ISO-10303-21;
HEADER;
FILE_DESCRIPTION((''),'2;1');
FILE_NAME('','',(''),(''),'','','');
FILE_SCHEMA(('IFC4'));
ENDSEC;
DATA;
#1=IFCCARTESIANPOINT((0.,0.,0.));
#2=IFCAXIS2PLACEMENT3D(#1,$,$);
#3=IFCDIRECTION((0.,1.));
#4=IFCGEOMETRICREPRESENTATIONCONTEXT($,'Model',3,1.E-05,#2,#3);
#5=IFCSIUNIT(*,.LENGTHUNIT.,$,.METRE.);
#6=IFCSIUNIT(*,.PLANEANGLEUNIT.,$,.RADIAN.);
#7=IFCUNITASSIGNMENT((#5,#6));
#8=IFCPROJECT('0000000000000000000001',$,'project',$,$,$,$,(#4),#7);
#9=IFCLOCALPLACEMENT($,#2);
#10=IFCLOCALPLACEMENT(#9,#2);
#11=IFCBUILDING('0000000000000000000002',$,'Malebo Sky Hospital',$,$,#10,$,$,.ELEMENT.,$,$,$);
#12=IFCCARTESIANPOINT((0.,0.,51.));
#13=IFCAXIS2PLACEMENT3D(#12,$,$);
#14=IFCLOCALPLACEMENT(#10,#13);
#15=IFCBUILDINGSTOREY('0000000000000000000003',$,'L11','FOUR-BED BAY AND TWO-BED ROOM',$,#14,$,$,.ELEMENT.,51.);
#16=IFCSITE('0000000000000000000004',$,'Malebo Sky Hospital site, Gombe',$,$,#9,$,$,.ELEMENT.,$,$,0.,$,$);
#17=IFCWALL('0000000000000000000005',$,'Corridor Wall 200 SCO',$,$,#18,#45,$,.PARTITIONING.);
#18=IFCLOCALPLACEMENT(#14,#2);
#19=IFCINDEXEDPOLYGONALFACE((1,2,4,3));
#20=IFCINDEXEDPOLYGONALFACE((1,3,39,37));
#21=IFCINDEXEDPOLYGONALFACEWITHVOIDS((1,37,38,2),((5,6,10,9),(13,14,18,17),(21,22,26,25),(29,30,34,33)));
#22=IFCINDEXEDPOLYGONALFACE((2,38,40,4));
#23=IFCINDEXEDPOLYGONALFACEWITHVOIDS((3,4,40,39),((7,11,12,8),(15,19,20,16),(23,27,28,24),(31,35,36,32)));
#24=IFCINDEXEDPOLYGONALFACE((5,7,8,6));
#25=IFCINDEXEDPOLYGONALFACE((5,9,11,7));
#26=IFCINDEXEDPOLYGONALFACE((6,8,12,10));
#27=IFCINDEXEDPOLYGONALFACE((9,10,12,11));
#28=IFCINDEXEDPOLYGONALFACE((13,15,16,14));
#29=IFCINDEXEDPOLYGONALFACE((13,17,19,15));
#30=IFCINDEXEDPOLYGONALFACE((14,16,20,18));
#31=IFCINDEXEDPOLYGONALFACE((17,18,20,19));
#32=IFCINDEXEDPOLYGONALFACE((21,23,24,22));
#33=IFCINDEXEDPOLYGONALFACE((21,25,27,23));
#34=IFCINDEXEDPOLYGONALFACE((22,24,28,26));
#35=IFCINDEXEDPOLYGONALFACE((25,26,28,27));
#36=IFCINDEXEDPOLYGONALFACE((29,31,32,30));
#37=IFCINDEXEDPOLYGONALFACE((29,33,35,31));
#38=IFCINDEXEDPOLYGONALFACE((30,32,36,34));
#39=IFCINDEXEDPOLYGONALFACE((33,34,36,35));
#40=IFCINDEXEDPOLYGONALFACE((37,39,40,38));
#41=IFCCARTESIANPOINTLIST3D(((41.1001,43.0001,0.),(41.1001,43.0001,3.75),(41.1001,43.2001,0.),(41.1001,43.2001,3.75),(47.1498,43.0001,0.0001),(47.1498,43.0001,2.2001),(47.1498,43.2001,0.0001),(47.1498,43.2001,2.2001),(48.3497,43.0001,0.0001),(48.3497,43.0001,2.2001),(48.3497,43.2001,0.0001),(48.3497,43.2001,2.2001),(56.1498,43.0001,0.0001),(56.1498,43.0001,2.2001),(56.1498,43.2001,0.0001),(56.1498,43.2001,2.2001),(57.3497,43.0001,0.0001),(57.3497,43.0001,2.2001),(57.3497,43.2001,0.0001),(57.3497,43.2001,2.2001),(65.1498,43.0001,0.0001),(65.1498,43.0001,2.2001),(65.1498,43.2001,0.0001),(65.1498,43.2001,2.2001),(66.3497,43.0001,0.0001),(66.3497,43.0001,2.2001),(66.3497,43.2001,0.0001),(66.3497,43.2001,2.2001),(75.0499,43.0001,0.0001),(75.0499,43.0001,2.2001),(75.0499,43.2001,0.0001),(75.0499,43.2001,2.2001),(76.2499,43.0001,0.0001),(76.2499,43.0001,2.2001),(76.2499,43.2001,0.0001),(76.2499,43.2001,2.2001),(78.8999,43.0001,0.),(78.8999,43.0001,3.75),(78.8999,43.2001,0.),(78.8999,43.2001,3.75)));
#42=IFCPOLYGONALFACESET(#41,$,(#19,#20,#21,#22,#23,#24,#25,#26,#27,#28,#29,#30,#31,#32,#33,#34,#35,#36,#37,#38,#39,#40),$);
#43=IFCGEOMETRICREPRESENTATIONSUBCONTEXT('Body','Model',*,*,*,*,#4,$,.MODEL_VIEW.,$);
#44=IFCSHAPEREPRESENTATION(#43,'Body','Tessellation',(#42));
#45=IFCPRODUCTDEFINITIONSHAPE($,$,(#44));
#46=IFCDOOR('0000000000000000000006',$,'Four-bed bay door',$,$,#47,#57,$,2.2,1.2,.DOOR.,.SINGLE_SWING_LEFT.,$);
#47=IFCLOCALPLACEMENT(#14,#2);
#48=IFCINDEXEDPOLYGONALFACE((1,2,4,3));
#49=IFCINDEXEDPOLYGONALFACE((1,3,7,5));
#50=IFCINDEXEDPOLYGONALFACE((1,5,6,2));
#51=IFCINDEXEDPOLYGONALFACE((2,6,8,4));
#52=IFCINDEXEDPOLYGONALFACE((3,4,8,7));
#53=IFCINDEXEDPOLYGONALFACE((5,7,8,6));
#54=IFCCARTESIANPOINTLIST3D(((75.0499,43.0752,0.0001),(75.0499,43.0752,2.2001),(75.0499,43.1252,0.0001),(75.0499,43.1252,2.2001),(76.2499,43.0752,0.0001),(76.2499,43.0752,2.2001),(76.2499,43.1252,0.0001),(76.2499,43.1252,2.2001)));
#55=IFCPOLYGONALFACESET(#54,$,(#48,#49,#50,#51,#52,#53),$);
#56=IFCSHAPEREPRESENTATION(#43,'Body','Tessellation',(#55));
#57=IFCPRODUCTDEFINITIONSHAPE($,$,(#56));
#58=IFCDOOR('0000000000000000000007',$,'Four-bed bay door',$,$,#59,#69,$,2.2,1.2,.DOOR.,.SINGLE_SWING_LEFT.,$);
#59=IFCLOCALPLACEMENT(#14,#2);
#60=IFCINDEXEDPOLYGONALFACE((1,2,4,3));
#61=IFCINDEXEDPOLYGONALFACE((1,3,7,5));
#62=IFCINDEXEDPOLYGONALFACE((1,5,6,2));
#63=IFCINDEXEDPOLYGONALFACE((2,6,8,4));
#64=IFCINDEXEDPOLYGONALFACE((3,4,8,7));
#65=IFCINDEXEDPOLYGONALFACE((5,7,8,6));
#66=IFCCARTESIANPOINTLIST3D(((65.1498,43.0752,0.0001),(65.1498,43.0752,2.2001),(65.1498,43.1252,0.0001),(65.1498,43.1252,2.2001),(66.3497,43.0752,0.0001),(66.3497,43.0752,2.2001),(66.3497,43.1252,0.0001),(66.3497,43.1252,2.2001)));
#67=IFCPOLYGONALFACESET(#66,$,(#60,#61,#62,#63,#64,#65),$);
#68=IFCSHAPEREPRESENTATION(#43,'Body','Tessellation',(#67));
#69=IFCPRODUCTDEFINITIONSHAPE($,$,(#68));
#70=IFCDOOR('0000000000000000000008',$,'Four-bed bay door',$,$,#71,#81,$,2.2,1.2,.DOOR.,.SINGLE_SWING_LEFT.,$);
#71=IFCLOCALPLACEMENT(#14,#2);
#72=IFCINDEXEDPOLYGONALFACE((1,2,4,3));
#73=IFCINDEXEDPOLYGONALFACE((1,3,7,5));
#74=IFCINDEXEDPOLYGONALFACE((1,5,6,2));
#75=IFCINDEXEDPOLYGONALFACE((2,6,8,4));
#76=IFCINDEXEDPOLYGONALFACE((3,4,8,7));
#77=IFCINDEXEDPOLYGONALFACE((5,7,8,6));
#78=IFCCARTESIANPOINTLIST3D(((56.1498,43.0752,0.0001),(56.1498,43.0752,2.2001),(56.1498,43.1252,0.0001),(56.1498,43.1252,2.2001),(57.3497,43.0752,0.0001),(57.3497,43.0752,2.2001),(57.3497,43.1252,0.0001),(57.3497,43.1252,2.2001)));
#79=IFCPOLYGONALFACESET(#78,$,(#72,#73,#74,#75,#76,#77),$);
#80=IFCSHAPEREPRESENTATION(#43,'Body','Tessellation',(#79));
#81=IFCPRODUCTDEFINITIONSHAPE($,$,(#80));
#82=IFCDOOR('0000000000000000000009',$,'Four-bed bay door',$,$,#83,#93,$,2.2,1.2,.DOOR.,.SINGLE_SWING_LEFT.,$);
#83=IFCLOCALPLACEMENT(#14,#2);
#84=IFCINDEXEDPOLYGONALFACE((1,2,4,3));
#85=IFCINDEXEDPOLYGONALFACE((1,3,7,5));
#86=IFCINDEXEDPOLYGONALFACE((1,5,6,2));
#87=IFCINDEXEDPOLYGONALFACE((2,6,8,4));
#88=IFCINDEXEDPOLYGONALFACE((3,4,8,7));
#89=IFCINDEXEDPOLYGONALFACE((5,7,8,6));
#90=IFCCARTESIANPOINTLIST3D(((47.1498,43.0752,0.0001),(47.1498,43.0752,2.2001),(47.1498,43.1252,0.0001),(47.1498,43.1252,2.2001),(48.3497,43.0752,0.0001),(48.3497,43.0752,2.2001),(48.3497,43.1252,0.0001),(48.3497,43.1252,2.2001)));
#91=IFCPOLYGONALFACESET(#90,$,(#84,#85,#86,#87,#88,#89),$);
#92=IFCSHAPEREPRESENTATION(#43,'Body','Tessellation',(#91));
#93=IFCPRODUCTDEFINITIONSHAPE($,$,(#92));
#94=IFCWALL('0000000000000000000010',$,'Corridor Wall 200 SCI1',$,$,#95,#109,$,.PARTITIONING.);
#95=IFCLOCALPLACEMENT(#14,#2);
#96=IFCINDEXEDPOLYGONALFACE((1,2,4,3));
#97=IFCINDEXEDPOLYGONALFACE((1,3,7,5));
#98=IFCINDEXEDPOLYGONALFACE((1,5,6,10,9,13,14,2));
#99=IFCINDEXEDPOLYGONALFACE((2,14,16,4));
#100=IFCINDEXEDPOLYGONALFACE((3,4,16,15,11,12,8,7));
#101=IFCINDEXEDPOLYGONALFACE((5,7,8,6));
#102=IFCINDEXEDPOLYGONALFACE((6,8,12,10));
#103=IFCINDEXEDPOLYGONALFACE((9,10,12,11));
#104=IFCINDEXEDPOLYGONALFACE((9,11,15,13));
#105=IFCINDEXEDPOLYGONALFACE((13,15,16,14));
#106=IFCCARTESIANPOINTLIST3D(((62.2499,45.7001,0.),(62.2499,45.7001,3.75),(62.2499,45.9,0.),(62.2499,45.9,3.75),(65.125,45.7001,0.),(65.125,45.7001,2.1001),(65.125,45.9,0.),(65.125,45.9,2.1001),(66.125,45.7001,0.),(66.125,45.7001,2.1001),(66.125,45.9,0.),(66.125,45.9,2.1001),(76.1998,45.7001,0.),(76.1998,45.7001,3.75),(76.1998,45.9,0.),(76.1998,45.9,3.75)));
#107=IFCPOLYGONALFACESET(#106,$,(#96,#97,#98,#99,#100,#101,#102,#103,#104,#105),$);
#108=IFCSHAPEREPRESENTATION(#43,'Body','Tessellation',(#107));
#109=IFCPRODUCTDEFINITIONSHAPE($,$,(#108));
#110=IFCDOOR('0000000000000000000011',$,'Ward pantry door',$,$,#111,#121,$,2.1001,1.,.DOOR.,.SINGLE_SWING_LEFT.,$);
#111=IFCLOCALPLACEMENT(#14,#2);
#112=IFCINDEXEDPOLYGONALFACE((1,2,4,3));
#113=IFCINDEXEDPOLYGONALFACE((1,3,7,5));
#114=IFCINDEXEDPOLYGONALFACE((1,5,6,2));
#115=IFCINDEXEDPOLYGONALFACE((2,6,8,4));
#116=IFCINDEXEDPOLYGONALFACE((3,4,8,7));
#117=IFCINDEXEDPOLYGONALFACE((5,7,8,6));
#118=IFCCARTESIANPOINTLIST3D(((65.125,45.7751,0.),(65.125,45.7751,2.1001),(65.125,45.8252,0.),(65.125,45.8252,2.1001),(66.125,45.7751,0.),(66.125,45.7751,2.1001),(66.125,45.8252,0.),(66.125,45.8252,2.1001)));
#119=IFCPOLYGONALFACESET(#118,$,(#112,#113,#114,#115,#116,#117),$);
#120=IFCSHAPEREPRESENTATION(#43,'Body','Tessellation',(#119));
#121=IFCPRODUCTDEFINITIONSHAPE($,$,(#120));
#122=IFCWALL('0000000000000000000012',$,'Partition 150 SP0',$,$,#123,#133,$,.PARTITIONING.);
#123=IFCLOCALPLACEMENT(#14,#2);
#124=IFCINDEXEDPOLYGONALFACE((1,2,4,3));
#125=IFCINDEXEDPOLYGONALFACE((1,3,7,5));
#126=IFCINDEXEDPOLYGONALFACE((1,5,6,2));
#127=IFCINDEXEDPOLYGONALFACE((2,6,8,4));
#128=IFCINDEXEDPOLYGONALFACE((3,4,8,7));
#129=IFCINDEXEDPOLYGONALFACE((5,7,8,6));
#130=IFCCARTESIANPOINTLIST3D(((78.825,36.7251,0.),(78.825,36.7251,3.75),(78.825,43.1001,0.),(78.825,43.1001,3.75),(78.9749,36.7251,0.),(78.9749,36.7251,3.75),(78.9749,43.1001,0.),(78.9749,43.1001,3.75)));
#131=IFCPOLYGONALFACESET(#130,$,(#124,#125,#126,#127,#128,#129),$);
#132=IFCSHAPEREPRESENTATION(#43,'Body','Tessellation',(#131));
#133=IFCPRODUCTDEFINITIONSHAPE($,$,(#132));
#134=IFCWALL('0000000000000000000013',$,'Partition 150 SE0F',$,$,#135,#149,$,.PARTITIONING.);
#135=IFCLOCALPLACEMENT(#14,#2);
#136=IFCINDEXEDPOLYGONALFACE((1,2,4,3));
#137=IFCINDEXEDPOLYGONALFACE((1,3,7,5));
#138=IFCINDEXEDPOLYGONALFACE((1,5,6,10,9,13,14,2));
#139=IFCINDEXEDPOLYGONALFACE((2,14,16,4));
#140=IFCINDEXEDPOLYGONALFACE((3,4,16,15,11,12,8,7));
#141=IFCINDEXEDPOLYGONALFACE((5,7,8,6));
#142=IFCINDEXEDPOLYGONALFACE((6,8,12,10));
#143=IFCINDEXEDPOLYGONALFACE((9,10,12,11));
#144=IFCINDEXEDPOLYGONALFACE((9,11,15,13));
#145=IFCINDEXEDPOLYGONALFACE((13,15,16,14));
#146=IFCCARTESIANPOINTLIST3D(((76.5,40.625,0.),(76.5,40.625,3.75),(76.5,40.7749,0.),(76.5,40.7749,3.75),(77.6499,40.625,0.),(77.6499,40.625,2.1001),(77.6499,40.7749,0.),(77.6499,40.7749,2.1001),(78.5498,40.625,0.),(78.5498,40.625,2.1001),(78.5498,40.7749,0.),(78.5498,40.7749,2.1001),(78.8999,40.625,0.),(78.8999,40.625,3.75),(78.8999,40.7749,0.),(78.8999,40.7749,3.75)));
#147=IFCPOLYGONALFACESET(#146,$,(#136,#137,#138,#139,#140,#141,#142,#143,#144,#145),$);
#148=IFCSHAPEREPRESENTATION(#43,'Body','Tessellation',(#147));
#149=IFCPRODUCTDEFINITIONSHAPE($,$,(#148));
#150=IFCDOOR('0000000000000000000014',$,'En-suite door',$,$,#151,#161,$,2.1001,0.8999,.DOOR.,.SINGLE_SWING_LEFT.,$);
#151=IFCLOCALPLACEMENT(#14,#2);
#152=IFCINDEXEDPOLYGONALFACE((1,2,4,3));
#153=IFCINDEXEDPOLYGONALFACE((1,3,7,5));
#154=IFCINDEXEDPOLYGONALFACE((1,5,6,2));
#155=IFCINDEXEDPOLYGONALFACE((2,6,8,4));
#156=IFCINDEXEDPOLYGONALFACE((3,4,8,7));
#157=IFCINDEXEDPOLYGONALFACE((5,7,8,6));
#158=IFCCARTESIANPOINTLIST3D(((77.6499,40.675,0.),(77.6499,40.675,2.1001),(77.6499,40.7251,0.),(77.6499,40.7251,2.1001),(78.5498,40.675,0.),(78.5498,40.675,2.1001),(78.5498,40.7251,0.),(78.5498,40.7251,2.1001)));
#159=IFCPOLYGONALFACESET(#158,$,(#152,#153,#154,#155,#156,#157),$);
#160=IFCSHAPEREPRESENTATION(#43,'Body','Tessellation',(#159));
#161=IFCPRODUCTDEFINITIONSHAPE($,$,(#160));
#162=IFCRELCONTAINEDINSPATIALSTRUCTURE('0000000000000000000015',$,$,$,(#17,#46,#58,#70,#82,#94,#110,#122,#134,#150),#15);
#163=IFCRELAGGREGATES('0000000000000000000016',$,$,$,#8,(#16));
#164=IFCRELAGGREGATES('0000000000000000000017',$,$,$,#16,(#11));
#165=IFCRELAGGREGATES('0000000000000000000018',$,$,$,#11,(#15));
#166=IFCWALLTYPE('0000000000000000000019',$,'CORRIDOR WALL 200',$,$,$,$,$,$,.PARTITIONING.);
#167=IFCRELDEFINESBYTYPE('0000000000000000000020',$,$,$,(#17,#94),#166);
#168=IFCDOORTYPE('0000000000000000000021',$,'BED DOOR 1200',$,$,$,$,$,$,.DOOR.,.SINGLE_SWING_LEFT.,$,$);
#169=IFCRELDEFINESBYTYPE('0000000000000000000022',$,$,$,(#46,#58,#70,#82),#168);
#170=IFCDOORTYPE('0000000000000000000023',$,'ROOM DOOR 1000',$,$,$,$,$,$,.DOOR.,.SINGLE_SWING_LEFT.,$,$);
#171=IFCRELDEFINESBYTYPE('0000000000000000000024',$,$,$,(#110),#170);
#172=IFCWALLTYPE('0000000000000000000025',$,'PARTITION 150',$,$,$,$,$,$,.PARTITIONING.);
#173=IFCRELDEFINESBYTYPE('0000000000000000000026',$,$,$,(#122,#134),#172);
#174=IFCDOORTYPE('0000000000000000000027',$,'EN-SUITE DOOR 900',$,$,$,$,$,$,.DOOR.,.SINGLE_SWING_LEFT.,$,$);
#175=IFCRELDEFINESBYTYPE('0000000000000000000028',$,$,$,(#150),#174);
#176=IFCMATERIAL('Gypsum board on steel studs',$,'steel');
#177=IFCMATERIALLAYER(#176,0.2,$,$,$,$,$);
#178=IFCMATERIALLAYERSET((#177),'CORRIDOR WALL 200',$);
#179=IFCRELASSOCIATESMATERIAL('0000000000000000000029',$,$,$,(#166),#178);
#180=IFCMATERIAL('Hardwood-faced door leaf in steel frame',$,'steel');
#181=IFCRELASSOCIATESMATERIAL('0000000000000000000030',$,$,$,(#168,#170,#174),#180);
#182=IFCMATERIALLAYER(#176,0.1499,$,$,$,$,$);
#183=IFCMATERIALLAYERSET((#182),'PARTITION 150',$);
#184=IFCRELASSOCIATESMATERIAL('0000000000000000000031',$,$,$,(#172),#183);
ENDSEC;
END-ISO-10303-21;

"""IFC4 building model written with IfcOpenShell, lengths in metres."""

from ifc_helpers import new_model, si_unit, direction, frame, frame_2d, origin, place, context, subcontext, project, spatial, rectangle, extrude, material, layer, layer_set, type_object, element, fill, save


model = new_model("IFC4")

# Units and contexts
model_context = context("Model", 3, precision=1e-05, world=origin(), true_north=direction((0.0, 1.0)))
body_context = subcontext(model_context, "Body", "Model", "MODEL_VIEW")
ifc_project = project(units=[si_unit("LENGTHUNIT", "METRE"), si_unit("PLANEANGLEUNIT", "RADIAN")], contexts=[model_context])

# Site, building, storey
site_placement = place(None, origin())
site = spatial("IfcSite", under=ifc_project, at=site_placement, Name="Malebo Sky Hospital site, Gombe", CompositionType="ELEMENT", RefElevation=0.0)
building_placement = place(site_placement, origin())
building = spatial("IfcBuilding", under=site, at=building_placement, Name="Malebo Sky Hospital", CompositionType="ELEMENT")
storey_placement = place(building_placement, frame((0.0, 0.0, 51.0)))
storey = spatial("IfcBuildingStorey", under=building, at=storey_placement, Name="L11", Description="FOUR-BED BAY AND TWO-BED ROOM", CompositionType="ELEMENT", Elevation=51.0)

# Wall, openings, doors
ifc_material_1 = material(Name="Gypsum board on steel studs", Category="steel")
ifc_layer_1 = layer(ifc_material_1, 0.2)
ifc_layer_set_1 = layer_set([ifc_layer_1], Name="CORRIDOR WALL 200")
wall_type_1 = type_object("IfcWallType", Name="CORRIDOR WALL 200", PredefinedType="PARTITIONING", material=ifc_layer_set_1)
wall_1_placement = place(storey_placement, frame((78.8999, 43.1001, 0.0), z_axis=(0.0, 0.0, 1.0), x_axis=(-1.0, 0.0, 0.0)))
wall_1 = element("IfcWall", 1, at=wall_1_placement, inside=storey, type_object=wall_type_1, Name="Corridor Wall 200 SCO", PredefinedType="PARTITIONING", context=body_context, shape_type="SweptSolid", body=[
    extrude(rectangle(XDim=37.7998, YDim=0.2, at=frame_2d((18.8999, 0.0))), origin(), (0.0, 0.0, 1.0), 3.75),
])
opening_1_placement = place(wall_1_placement, frame((2.6499, 0.0, 0.0)))
opening_1 = element("IfcOpeningElement", 2, at=opening_1_placement, cuts=wall_1, PredefinedType="OPENING", context=body_context, shape_type="SweptSolid", body=[
    extrude(rectangle(XDim=1.2, YDim=2.2, at=frame_2d((0.6001, 1.1001))), frame((0.0, 0.1099, 0.0), z_axis=(0.0, -1.0, 0.0), x_axis=(1.0, 0.0, 0.0)), (0.0, 0.0, 1.0), 0.22),
])
opening_2_placement = place(wall_1_placement, frame((12.55, 0.0, 0.0)))
opening_2 = element("IfcOpeningElement", 3, at=opening_2_placement, cuts=wall_1, PredefinedType="OPENING", context=body_context, shape_type="SweptSolid", body=[
    extrude(rectangle(XDim=1.2, YDim=2.2, at=frame_2d((0.6001, 1.1001))), frame((0.0, 0.1099, 0.0), z_axis=(0.0, -1.0, 0.0), x_axis=(1.0, 0.0, 0.0)), (0.0, 0.0, 1.0), 0.22),
])
opening_3_placement = place(wall_1_placement, frame((21.55, 0.0, 0.0)))
opening_3 = element("IfcOpeningElement", 4, at=opening_3_placement, cuts=wall_1, PredefinedType="OPENING", context=body_context, shape_type="SweptSolid", body=[
    extrude(rectangle(XDim=1.2, YDim=2.2, at=frame_2d((0.6001, 1.1001))), frame((0.0, 0.1099, 0.0), z_axis=(0.0, -1.0, 0.0), x_axis=(1.0, 0.0, 0.0)), (0.0, 0.0, 1.0), 0.22),
])
opening_4_placement = place(wall_1_placement, frame((30.55, 0.0, 0.0)))
opening_4 = element("IfcOpeningElement", 5, at=opening_4_placement, cuts=wall_1, PredefinedType="OPENING", context=body_context, shape_type="SweptSolid", body=[
    extrude(rectangle(XDim=1.2, YDim=2.2, at=frame_2d((0.6001, 1.1001))), frame((0.0, 0.1099, 0.0), z_axis=(0.0, -1.0, 0.0), x_axis=(1.0, 0.0, 0.0)), (0.0, 0.0, 1.0), 0.22),
])
ifc_material_2 = material(Name="Hardwood-faced door leaf in steel frame", Category="steel")
door_type_1 = type_object("IfcDoorType", Name="BED DOOR 1200", OperationType="SINGLE_SWING_LEFT", PredefinedType="DOOR", material=ifc_material_2)
door_1_placement = place(opening_1_placement, origin())
door_1 = element("IfcDoor", 6, at=door_1_placement, inside=storey, type_object=door_type_1, Name="Four-bed bay door", OperationType="SINGLE_SWING_LEFT", OverallHeight=2.2, OverallWidth=1.2, PredefinedType="DOOR", context=body_context, shape_type="SweptSolid", body=[
    extrude(rectangle(XDim=1.2, YDim=2.2, at=frame_2d((0.6001, 1.1001))), frame((0.0, 0.0249, 0.0), z_axis=(0.0, -1.0, 0.0), x_axis=(1.0, 0.0, 0.0)), (0.0, 0.0, 1.0), 0.05),
])
fill(opening_1, door_1)
door_2_placement = place(opening_2_placement, origin())
door_2 = element("IfcDoor", 7, at=door_2_placement, inside=storey, type_object=door_type_1, Name="Four-bed bay door", OperationType="SINGLE_SWING_LEFT", OverallHeight=2.2, OverallWidth=1.2, PredefinedType="DOOR", context=body_context, shape_type="SweptSolid", body=[
    extrude(rectangle(XDim=1.2, YDim=2.2, at=frame_2d((0.6001, 1.1001))), frame((0.0, 0.0249, 0.0), z_axis=(0.0, -1.0, 0.0), x_axis=(1.0, 0.0, 0.0)), (0.0, 0.0, 1.0), 0.05),
])
fill(opening_2, door_2)
door_3_placement = place(opening_3_placement, origin())
door_3 = element("IfcDoor", 8, at=door_3_placement, inside=storey, type_object=door_type_1, Name="Four-bed bay door", OperationType="SINGLE_SWING_LEFT", OverallHeight=2.2, OverallWidth=1.2, PredefinedType="DOOR", context=body_context, shape_type="SweptSolid", body=[
    extrude(rectangle(XDim=1.2, YDim=2.2, at=frame_2d((0.6001, 1.1001))), frame((0.0, 0.0249, 0.0), z_axis=(0.0, -1.0, 0.0), x_axis=(1.0, 0.0, 0.0)), (0.0, 0.0, 1.0), 0.05),
])
fill(opening_3, door_3)
door_4_placement = place(opening_4_placement, origin())
door_4 = element("IfcDoor", 9, at=door_4_placement, inside=storey, type_object=door_type_1, Name="Four-bed bay door", OperationType="SINGLE_SWING_LEFT", OverallHeight=2.2, OverallWidth=1.2, PredefinedType="DOOR", context=body_context, shape_type="SweptSolid", body=[
    extrude(rectangle(XDim=1.2, YDim=2.2, at=frame_2d((0.6001, 1.1001))), frame((0.0, 0.0249, 0.0), z_axis=(0.0, -1.0, 0.0), x_axis=(1.0, 0.0, 0.0)), (0.0, 0.0, 1.0), 0.05),
])
fill(opening_4, door_4)

# Wall, opening, door
wall_2_placement = place(storey_placement, frame((76.2, 45.8, 0.0), z_axis=(0.0, 0.0, 1.0), x_axis=(-1.0, 0.0, 0.0)))
wall_2 = element("IfcWall", 10, at=wall_2_placement, inside=storey, type_object=wall_type_1, Name="Corridor Wall 200 SCI1", PredefinedType="PARTITIONING", context=body_context, shape_type="SweptSolid", body=[
    extrude(rectangle(XDim=13.95, YDim=0.2, at=frame_2d((6.9751, 0.0))), origin(), (0.0, 0.0, 1.0), 3.75),
])
opening_5_placement = place(wall_2_placement, frame((10.075, 0.0, 0.0)))
opening_5 = element("IfcOpeningElement", 11, at=opening_5_placement, cuts=wall_2, PredefinedType="OPENING", context=body_context, shape_type="SweptSolid", body=[
    extrude(rectangle(XDim=1.0, YDim=2.1001, at=frame_2d((0.5, 1.05))), frame((0.0, 0.1099, 0.0), z_axis=(0.0, -1.0, 0.0), x_axis=(1.0, 0.0, 0.0)), (0.0, 0.0, 1.0), 0.22),
])
door_type_2 = type_object("IfcDoorType", Name="ROOM DOOR 1000", OperationType="SINGLE_SWING_LEFT", PredefinedType="DOOR", material=ifc_material_2)
door_5_placement = place(opening_5_placement, origin())
door_5 = element("IfcDoor", 12, at=door_5_placement, inside=storey, type_object=door_type_2, Name="Ward pantry door", OperationType="SINGLE_SWING_LEFT", OverallHeight=2.1001, OverallWidth=1.0, PredefinedType="DOOR", context=body_context, shape_type="SweptSolid", body=[
    extrude(rectangle(XDim=1.0, YDim=2.1001, at=frame_2d((0.5, 1.05))), frame((0.0, 0.0249, 0.0), z_axis=(0.0, -1.0, 0.0), x_axis=(1.0, 0.0, 0.0)), (0.0, 0.0, 1.0), 0.05),
])
fill(opening_5, door_5)

# Wall
ifc_layer_2 = layer(ifc_material_1, 0.1499)
ifc_layer_set_2 = layer_set([ifc_layer_2], Name="PARTITION 150")
wall_type_2 = type_object("IfcWallType", Name="PARTITION 150", PredefinedType="PARTITIONING", material=ifc_layer_set_2)
wall_3_placement = place(storey_placement, frame((78.8999, 43.1001, 0.0), z_axis=(0.0, 0.0, 1.0), x_axis=(0.0, -1.0, 0.0)))
element("IfcWall", 13, at=wall_3_placement, inside=storey, type_object=wall_type_2, Name="Partition 150 SP0", PredefinedType="PARTITIONING", context=body_context, shape_type="SweptSolid", body=[
    extrude(rectangle(XDim=6.375, YDim=0.1499, at=frame_2d((3.1875, 0.0))), origin(), (0.0, 0.0, 1.0), 3.75),
])

# Wall, opening, door
wall_4_placement = place(storey_placement, frame((78.8999, 40.7, 0.0), z_axis=(0.0, 0.0, 1.0), x_axis=(-1.0, 0.0, 0.0)))
wall_4 = element("IfcWall", 14, at=wall_4_placement, inside=storey, type_object=wall_type_2, Name="Partition 150 SE0F", PredefinedType="PARTITIONING", context=body_context, shape_type="SweptSolid", body=[
    extrude(rectangle(XDim=2.3999, YDim=0.1499, at=frame_2d((1.2, 0.0))), origin(), (0.0, 0.0, 1.0), 3.75),
])
opening_6_placement = place(wall_4_placement, frame((0.3501, 0.0, 0.0)))
opening_6 = element("IfcOpeningElement", 15, at=opening_6_placement, cuts=wall_4, PredefinedType="OPENING", context=body_context, shape_type="SweptSolid", body=[
    extrude(rectangle(XDim=0.8999, YDim=2.1001, at=frame_2d((0.45, 1.05))), frame((0.0, 0.085, 0.0), z_axis=(0.0, -1.0, 0.0), x_axis=(1.0, 0.0, 0.0)), (0.0, 0.0, 1.0), 0.1699),
])
door_type_3 = type_object("IfcDoorType", Name="EN-SUITE DOOR 900", OperationType="SINGLE_SWING_LEFT", PredefinedType="DOOR", material=ifc_material_2)
door_6_placement = place(opening_6_placement, origin())
door_6 = element("IfcDoor", 16, at=door_6_placement, inside=storey, type_object=door_type_3, Name="En-suite door", OperationType="SINGLE_SWING_LEFT", OverallHeight=2.1001, OverallWidth=0.8999, PredefinedType="DOOR", context=body_context, shape_type="SweptSolid", body=[
    extrude(rectangle(XDim=0.8999, YDim=2.1001, at=frame_2d((0.45, 1.05))), frame((0.0, 0.0249, 0.0), z_axis=(0.0, -1.0, 0.0), x_axis=(1.0, 0.0, 0.0)), (0.0, 0.0, 1.0), 0.05),
])
fill(opening_6, door_6)

save(model, "model.ifc")
